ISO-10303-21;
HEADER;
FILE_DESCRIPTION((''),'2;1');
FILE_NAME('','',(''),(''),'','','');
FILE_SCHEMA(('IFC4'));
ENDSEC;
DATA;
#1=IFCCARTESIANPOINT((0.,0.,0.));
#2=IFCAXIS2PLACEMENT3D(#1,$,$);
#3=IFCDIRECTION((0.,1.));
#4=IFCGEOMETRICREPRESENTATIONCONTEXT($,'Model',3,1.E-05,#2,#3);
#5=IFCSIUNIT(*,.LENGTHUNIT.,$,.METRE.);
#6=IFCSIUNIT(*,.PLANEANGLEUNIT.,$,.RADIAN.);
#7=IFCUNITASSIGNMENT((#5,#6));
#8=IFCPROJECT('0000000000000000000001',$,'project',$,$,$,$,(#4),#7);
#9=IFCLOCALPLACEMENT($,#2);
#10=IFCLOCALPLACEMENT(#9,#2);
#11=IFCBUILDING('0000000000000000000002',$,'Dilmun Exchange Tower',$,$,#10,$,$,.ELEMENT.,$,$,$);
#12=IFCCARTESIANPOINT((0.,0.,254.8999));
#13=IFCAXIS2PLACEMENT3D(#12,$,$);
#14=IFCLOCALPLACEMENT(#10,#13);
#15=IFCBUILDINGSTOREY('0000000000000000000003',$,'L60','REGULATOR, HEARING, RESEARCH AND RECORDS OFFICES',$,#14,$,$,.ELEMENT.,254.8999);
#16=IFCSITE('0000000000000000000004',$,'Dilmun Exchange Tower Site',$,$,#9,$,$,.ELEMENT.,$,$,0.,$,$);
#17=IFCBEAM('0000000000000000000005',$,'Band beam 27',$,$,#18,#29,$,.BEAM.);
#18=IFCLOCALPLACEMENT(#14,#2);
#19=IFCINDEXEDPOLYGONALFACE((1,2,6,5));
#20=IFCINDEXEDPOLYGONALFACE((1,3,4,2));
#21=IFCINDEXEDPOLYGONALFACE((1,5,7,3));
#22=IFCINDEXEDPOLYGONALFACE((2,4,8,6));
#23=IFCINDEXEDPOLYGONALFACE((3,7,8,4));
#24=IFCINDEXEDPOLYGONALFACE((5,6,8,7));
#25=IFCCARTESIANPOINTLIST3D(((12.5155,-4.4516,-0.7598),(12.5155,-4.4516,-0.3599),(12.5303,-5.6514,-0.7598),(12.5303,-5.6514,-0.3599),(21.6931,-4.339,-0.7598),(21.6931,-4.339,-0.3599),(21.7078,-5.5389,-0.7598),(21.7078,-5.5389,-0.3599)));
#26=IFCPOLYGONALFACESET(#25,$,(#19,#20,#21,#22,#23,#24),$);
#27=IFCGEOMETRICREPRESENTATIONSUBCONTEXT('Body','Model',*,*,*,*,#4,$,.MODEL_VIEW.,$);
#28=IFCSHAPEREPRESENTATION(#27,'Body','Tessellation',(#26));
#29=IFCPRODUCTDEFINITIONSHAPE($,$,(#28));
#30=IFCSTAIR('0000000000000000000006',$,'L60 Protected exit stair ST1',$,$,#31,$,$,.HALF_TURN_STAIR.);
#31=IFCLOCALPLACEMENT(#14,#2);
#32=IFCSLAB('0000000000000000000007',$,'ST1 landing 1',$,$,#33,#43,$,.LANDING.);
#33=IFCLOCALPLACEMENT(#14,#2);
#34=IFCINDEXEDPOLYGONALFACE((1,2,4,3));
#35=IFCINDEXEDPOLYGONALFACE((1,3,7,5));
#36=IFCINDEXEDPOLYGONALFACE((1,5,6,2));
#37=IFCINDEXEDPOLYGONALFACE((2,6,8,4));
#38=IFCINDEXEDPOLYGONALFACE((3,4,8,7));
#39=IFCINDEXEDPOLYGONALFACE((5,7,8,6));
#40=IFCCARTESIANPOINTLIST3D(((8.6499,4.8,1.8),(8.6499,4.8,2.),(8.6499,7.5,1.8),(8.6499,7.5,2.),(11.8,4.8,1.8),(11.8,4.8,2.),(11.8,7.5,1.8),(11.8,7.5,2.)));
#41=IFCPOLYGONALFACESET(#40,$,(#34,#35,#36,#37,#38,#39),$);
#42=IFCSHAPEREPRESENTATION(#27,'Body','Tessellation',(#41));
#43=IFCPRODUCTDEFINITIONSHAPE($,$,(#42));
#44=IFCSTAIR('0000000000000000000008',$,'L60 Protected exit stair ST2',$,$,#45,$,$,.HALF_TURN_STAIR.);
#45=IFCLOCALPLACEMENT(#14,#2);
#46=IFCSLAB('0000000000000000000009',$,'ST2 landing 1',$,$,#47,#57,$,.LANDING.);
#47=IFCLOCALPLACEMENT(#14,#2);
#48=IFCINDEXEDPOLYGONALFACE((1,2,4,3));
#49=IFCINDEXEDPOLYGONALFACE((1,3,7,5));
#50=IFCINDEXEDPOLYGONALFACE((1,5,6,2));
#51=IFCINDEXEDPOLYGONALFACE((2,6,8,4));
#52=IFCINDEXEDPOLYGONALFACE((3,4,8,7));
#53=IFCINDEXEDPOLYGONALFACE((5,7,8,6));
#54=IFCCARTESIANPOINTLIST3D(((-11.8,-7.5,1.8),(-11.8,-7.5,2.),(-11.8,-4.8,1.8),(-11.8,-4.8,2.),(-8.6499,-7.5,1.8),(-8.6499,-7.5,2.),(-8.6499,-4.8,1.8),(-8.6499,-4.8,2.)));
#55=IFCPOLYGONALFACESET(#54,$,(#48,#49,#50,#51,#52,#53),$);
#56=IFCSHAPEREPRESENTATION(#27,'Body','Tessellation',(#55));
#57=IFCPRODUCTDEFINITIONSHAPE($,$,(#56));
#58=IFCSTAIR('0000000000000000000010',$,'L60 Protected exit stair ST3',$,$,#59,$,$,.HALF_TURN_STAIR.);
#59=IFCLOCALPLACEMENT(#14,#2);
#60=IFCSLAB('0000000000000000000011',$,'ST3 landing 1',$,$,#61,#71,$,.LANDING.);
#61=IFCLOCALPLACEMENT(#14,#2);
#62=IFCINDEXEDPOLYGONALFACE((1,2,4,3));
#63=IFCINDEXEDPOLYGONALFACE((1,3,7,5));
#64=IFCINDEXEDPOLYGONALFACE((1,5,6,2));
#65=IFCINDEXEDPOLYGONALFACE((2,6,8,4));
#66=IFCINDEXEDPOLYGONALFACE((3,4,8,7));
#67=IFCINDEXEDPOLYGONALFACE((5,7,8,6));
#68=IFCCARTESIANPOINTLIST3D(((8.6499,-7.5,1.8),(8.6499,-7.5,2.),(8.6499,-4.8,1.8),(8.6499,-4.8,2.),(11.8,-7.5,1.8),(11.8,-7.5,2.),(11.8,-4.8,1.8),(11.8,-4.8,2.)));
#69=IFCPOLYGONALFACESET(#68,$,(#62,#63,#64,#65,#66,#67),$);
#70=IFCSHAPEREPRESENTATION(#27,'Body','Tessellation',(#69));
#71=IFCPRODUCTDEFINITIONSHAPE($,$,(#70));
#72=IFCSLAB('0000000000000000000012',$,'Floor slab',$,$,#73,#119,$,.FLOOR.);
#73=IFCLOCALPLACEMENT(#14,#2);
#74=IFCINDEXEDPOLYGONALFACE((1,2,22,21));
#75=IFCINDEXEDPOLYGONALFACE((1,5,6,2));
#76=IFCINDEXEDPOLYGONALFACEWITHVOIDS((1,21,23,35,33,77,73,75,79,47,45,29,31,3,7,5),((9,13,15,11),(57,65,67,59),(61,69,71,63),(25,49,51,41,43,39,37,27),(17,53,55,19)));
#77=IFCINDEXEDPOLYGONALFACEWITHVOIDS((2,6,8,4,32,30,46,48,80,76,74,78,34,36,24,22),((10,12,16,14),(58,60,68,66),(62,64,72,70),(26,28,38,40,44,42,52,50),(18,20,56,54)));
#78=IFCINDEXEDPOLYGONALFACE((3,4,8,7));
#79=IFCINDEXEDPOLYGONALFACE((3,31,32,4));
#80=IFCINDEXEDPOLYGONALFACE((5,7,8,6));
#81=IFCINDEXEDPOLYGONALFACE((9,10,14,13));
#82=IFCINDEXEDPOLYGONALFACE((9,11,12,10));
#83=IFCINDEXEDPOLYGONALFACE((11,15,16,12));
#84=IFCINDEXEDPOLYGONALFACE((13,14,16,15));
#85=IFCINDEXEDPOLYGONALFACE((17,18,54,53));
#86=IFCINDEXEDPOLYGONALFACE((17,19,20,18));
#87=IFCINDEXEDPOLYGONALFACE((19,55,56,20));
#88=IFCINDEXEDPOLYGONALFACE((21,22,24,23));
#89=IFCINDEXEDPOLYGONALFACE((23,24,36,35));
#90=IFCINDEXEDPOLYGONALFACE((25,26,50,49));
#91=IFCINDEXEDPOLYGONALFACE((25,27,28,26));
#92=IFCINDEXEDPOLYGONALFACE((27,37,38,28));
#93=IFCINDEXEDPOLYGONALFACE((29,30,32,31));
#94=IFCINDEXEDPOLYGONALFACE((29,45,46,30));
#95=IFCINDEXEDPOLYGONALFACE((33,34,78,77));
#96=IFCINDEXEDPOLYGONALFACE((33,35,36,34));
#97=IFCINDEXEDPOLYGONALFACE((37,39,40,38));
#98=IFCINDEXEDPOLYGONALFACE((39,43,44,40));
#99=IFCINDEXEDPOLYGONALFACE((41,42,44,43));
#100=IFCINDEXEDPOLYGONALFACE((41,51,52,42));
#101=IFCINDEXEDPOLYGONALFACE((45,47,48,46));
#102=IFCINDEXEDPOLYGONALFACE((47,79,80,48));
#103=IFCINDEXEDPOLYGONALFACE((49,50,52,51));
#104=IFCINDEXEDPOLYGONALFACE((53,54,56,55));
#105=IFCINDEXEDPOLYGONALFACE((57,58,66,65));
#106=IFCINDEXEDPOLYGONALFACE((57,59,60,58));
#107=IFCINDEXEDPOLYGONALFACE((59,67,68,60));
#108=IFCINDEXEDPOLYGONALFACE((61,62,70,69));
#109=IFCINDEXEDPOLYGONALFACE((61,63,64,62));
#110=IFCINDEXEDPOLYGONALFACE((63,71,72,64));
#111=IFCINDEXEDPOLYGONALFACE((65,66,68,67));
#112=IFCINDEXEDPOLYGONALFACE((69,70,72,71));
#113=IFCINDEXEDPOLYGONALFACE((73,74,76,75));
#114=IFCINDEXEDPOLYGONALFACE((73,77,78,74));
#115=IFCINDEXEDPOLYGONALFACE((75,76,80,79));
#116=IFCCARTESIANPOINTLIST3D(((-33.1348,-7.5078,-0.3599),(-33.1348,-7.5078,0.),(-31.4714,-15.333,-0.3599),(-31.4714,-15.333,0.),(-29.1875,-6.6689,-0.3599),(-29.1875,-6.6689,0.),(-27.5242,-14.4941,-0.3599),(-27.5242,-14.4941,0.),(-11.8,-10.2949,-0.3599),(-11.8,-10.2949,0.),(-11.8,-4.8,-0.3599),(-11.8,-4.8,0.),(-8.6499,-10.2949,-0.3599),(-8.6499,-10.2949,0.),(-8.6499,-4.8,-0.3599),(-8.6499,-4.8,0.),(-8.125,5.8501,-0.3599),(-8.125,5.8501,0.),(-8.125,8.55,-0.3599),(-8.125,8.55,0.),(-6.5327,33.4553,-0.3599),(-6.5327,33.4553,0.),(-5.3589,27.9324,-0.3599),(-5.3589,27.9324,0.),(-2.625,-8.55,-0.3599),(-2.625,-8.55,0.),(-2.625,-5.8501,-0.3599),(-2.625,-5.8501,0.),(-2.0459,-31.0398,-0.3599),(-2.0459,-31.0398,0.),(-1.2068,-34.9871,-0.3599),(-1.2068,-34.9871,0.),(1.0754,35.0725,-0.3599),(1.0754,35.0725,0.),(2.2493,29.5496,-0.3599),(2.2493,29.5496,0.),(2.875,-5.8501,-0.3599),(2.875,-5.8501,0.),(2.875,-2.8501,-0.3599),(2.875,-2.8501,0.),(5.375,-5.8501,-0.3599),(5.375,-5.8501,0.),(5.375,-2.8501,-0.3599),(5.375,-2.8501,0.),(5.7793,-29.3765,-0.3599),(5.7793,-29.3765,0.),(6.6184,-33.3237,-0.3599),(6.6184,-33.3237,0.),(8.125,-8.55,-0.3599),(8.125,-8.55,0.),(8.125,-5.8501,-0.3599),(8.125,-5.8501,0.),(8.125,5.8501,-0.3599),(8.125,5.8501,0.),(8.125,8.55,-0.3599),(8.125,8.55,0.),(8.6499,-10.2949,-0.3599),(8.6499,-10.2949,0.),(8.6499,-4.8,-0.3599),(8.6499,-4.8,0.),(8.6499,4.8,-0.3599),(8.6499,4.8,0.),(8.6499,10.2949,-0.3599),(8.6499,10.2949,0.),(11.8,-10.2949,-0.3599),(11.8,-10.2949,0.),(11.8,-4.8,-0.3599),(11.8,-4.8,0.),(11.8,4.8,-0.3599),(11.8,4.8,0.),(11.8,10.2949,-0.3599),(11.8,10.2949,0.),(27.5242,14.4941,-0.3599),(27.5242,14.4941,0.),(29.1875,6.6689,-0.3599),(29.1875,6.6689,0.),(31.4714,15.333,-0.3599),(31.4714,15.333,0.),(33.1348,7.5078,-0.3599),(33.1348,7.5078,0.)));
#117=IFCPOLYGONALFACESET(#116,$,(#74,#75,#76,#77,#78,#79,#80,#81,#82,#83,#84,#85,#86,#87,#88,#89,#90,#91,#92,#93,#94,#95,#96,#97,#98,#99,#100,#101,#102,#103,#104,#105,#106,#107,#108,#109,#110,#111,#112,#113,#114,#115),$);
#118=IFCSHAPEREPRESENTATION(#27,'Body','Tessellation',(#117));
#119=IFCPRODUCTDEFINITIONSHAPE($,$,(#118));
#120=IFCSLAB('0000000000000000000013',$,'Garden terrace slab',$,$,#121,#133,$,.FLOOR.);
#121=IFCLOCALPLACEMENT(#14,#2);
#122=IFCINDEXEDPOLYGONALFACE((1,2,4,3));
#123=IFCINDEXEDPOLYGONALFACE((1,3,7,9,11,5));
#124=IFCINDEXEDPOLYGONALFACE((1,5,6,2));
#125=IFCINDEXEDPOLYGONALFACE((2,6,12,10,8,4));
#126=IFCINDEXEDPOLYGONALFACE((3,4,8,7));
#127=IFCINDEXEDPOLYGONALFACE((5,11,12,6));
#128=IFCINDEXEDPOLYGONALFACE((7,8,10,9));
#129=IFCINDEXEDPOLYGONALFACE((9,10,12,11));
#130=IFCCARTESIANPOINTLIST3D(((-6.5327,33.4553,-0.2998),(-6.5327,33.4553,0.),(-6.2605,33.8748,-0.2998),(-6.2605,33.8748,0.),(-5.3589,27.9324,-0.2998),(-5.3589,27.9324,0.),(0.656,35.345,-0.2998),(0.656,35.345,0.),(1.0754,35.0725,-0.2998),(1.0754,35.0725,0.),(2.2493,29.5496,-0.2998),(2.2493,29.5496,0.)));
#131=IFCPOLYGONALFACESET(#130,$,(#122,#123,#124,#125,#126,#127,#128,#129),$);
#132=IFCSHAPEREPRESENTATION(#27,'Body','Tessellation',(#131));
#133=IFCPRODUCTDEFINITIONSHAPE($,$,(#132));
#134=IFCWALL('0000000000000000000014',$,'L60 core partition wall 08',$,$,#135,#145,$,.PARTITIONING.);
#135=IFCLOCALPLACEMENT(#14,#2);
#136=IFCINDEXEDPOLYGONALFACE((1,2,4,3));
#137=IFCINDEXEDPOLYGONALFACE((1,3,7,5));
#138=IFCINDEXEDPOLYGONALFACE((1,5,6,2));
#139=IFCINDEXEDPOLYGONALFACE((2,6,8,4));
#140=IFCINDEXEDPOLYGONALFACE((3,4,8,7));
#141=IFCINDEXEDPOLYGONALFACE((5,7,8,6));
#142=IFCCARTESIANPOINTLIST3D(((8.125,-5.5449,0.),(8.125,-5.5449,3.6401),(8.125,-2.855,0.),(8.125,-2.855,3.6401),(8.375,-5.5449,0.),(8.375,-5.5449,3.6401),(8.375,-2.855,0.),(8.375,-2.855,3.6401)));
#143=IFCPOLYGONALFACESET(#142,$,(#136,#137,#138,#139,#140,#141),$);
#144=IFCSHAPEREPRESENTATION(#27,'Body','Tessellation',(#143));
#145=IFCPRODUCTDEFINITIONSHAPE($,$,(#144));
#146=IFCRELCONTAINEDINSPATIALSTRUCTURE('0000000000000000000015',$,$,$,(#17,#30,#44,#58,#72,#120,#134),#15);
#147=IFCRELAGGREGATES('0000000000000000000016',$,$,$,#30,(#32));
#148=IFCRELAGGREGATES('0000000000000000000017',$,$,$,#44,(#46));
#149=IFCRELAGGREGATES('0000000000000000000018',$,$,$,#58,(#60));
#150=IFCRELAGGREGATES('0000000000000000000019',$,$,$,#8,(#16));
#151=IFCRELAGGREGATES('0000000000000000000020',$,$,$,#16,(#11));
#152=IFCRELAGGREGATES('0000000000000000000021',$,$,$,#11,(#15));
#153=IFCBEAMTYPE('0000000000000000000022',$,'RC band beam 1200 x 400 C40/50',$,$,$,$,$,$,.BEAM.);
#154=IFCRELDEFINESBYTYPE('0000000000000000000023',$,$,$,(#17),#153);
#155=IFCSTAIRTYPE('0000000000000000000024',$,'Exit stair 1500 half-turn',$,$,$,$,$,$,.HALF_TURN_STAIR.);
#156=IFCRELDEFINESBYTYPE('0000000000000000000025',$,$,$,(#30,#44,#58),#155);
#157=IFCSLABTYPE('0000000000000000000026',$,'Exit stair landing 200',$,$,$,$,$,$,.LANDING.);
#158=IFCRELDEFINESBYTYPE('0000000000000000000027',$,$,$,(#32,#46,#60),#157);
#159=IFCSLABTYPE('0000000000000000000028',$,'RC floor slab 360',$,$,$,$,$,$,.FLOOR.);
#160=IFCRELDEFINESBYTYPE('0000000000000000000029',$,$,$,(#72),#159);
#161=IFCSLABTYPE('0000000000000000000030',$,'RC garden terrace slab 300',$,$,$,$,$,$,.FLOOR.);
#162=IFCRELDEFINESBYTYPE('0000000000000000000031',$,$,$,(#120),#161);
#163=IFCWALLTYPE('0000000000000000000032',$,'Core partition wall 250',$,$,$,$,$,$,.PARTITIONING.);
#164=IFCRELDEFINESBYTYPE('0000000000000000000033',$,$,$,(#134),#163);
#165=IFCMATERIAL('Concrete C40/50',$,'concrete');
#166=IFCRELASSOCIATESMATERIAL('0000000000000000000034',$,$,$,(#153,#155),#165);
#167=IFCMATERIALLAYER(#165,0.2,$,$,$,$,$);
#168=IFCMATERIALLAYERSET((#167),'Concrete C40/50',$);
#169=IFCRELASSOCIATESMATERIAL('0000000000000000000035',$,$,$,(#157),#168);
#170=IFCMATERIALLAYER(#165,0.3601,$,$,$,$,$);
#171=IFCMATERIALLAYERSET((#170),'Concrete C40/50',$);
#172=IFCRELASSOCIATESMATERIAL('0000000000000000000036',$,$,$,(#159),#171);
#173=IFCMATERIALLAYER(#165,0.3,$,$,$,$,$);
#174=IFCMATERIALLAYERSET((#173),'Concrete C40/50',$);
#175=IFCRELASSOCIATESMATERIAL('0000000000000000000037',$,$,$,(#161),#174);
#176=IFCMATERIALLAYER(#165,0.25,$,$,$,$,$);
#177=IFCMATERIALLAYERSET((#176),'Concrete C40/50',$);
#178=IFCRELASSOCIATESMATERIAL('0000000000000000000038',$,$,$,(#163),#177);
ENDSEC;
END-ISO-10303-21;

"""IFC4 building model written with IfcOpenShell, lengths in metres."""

from ifc_helpers import new_model, si_unit, direction, frame, frame_2d, origin, origin_2d, place, context, subcontext, project, spatial, polyline, rectangle, outline, extrude, material, layer, layer_set, material_profile, profile_set, type_object, element, aggregate, save


model = new_model("IFC4")

# Units and contexts
model_context = context("Model", 3, precision=1e-05, world=origin(), true_north=direction((0.0, 1.0)))
body_context = subcontext(model_context, "Body", "Model", "MODEL_VIEW")
ifc_project = project(units=[si_unit("LENGTHUNIT", "METRE"), si_unit("PLANEANGLEUNIT", "RADIAN")], contexts=[model_context])

# Site, building, storey
site_placement = place(None, origin())
site = spatial("IfcSite", under=ifc_project, at=site_placement, Name="Dilmun Exchange Tower Site", CompositionType="ELEMENT", RefElevation=0.0)
building_placement = place(site_placement, origin())
building = spatial("IfcBuilding", under=site, at=building_placement, Name="Dilmun Exchange Tower", CompositionType="ELEMENT")
storey_placement = place(building_placement, frame((0.0, 0.0, 254.8999)))
storey = spatial("IfcBuildingStorey", under=building, at=storey_placement, Name="L60", Description="REGULATOR, HEARING, RESEARCH AND RECORDS OFFICES", CompositionType="ELEMENT", Elevation=254.8999)

# Beam
ifc_material_1 = material(Name="Concrete C40/50", Category="concrete")
ifc_material_profile = material_profile(ifc_material_1, rectangle(XDim=1.2, YDim=0.3999, at=origin_2d()), Name="1200 x 400")
ifc_profile_set = profile_set([ifc_material_profile], Name="Concrete C40/50")
beam_type = type_object("IfcBeamType", Name="RC band beam 1200 x 400 C40/50", PredefinedType="BEAM", material=ifc_profile_set)
beam_placement = place(storey_placement, frame((21.7004, -4.939, -0.5598), z_axis=(-0.999925, -0.012263, 0.0), x_axis=(0.012263, -0.999925, 0.0)))
element("IfcBeam", 1, at=beam_placement, inside=storey, type_object=beam_type, Name="Band beam 27", PredefinedType="BEAM", context=body_context, shape_type="SweptSolid", body=[
    extrude(rectangle(XDim=1.2, YDim=0.3999, at=origin_2d()), origin(), (0.0, 0.0, 1.0), 9.1782),
])

# Stairs, slabs
stair_type = type_object("IfcStairType", Name="Exit stair 1500 half-turn", PredefinedType="HALF_TURN_STAIR", material=ifc_material_1)
stair_1_placement = place(storey_placement, origin())
stair_1 = element("IfcStair", 2, at=stair_1_placement, inside=storey, type_object=stair_type, Name="L60 Protected exit stair ST1", PredefinedType="HALF_TURN_STAIR")
ifc_layer_1 = layer(ifc_material_1, 0.2)
ifc_layer_set_1 = layer_set([ifc_layer_1], Name="Concrete C40/50")
slab_type_1 = type_object("IfcSlabType", Name="Exit stair landing 200", PredefinedType="LANDING", material=ifc_layer_set_1)
slab_1_placement = place(storey_placement, frame((0.0, 0.0, 1.8)))
slab_1 = element("IfcSlab", 3, at=slab_1_placement, type_object=slab_type_1, Name="ST1 landing 1", PredefinedType="LANDING", context=body_context, shape_type="SweptSolid", body=[
    extrude(outline(polyline([(8.6499, 7.5), (8.6499, 4.8), (11.8, 4.8), (11.8, 7.5), (8.6499, 7.5)])), origin(), (0.0, 0.0, 1.0), 0.2),
])
aggregate(stair_1, [slab_1])
stair_2_placement = place(storey_placement, origin())
stair_2 = element("IfcStair", 4, at=stair_2_placement, inside=storey, type_object=stair_type, Name="L60 Protected exit stair ST2", PredefinedType="HALF_TURN_STAIR")
slab_2_placement = place(storey_placement, frame((0.0, 0.0, 1.8)))
slab_2 = element("IfcSlab", 5, at=slab_2_placement, type_object=slab_type_1, Name="ST2 landing 1", PredefinedType="LANDING", context=body_context, shape_type="SweptSolid", body=[
    extrude(outline(polyline([(-8.6499, -7.5), (-8.6499, -4.8), (-11.8, -4.8), (-11.8, -7.5), (-8.6499, -7.5)])), origin(), (0.0, 0.0, 1.0), 0.2),
])
aggregate(stair_2, [slab_2])
stair_3_placement = place(storey_placement, origin())
stair_3 = element("IfcStair", 6, at=stair_3_placement, inside=storey, type_object=stair_type, Name="L60 Protected exit stair ST3", PredefinedType="HALF_TURN_STAIR")
slab_3_placement = place(storey_placement, frame((0.0, 0.0, 1.8)))
slab_3 = element("IfcSlab", 7, at=slab_3_placement, type_object=slab_type_1, Name="ST3 landing 1", PredefinedType="LANDING", context=body_context, shape_type="SweptSolid", body=[
    extrude(outline(polyline([(11.8, -7.5), (11.8, -4.8), (8.6499, -4.8), (8.6499, -7.5), (11.8, -7.5)])), origin(), (0.0, 0.0, 1.0), 0.2),
])

# Slabs
ifc_layer_2 = layer(ifc_material_1, 0.3601)
ifc_layer_set_2 = layer_set([ifc_layer_2], Name="Concrete C40/50")
slab_type_2 = type_object("IfcSlabType", Name="RC floor slab 360", PredefinedType="FLOOR", material=ifc_layer_set_2)
slab_4_placement = place(storey_placement, frame((0.0, 0.0, -0.3599)))
element("IfcSlab", 8, at=slab_4_placement, inside=storey, type_object=slab_type_2, Name="Floor slab", PredefinedType="FLOOR", context=body_context, shape_type="SweptSolid", body=[
    extrude(outline(polyline([(27.5242, 14.4941), (29.1875, 6.6689), (33.1348, 7.5078), (6.6184, -33.3237), (5.7793, -29.3765), (-2.0459, -31.0398), (-1.2068, -34.9871), (-31.4714, -15.333), (-27.5242, -14.4941), (-29.1875, -6.6689), (-33.1348, -7.5078), (-6.5327, 33.4553), (-5.3589, 27.9324), (2.2493, 29.5496), (1.0754, 35.0725), (31.4714, 15.333), (27.5242, 14.4941)]), holes=[polyline([(-8.6499, -4.8), (-11.8, -4.8), (-11.8, -10.2949), (-8.6499, -10.2949), (-8.6499, -4.8)]), polyline([(11.8, -4.8), (8.6499, -4.8), (8.6499, -10.2949), (11.8, -10.2949), (11.8, -4.8)]), polyline([(2.875, -5.8501), (-2.625, -5.8501), (-2.625, -8.55), (8.125, -8.55), (8.125, -5.8501), (5.375, -5.8501), (5.375, -2.8501), (2.875, -2.8501), (2.875, -5.8501)]), polyline([(8.125, 5.8501), (8.125, 8.55), (-8.125, 8.55), (-8.125, 5.8501), (8.125, 5.8501)]), polyline([(8.6499, 10.2949), (8.6499, 4.8), (11.8, 4.8), (11.8, 10.2949), (8.6499, 10.2949)])]), origin(), (0.0, 0.0, 1.0), 0.3599),
])
ifc_layer_3 = layer(ifc_material_1, 0.3)
ifc_layer_set_3 = layer_set([ifc_layer_3], Name="Concrete C40/50")
slab_type_3 = type_object("IfcSlabType", Name="RC garden terrace slab 300", PredefinedType="FLOOR", material=ifc_layer_set_3)
slab_5_placement = place(storey_placement, frame((0.0, 0.0, -0.2998)))
element("IfcSlab", 9, at=slab_5_placement, inside=storey, type_object=slab_type_3, Name="Garden terrace slab", PredefinedType="FLOOR", context=body_context, shape_type="SweptSolid", body=[
    extrude(outline(polyline([(-5.3589, 27.9324), (-6.5327, 33.4553), (-6.2605, 33.8748), (0.656, 35.345), (1.0754, 35.0725), (2.2493, 29.5496), (-5.3589, 27.9324)])), origin(), (0.0, 0.0, 1.0), 0.2998),
])

# Wall
ifc_layer_4 = layer(ifc_material_1, 0.25)
ifc_layer_set_4 = layer_set([ifc_layer_4], Name="Concrete C40/50")
wall_type_1 = type_object("IfcWallType", Name="Core partition wall 250", PredefinedType="PARTITIONING", material=ifc_layer_set_4)
wall_1_placement = place(storey_placement, frame((8.25, -5.5449, 0.0), z_axis=(0.0, 0.0, 1.0), x_axis=(0.0, 1.0, 0.0)))
element("IfcWall", 10, at=wall_1_placement, inside=storey, type_object=wall_type_1, Name="L60 core partition wall 08", PredefinedType="PARTITIONING", context=body_context, shape_type="SweptSolid", body=[
    extrude(rectangle(XDim=2.6899, YDim=0.25, at=frame_2d((1.345, 0.0))), origin(), (0.0, 0.0, 1.0), 3.6401),
])

aggregate(stair_3, [slab_3])

save(model, "model.ifc")
